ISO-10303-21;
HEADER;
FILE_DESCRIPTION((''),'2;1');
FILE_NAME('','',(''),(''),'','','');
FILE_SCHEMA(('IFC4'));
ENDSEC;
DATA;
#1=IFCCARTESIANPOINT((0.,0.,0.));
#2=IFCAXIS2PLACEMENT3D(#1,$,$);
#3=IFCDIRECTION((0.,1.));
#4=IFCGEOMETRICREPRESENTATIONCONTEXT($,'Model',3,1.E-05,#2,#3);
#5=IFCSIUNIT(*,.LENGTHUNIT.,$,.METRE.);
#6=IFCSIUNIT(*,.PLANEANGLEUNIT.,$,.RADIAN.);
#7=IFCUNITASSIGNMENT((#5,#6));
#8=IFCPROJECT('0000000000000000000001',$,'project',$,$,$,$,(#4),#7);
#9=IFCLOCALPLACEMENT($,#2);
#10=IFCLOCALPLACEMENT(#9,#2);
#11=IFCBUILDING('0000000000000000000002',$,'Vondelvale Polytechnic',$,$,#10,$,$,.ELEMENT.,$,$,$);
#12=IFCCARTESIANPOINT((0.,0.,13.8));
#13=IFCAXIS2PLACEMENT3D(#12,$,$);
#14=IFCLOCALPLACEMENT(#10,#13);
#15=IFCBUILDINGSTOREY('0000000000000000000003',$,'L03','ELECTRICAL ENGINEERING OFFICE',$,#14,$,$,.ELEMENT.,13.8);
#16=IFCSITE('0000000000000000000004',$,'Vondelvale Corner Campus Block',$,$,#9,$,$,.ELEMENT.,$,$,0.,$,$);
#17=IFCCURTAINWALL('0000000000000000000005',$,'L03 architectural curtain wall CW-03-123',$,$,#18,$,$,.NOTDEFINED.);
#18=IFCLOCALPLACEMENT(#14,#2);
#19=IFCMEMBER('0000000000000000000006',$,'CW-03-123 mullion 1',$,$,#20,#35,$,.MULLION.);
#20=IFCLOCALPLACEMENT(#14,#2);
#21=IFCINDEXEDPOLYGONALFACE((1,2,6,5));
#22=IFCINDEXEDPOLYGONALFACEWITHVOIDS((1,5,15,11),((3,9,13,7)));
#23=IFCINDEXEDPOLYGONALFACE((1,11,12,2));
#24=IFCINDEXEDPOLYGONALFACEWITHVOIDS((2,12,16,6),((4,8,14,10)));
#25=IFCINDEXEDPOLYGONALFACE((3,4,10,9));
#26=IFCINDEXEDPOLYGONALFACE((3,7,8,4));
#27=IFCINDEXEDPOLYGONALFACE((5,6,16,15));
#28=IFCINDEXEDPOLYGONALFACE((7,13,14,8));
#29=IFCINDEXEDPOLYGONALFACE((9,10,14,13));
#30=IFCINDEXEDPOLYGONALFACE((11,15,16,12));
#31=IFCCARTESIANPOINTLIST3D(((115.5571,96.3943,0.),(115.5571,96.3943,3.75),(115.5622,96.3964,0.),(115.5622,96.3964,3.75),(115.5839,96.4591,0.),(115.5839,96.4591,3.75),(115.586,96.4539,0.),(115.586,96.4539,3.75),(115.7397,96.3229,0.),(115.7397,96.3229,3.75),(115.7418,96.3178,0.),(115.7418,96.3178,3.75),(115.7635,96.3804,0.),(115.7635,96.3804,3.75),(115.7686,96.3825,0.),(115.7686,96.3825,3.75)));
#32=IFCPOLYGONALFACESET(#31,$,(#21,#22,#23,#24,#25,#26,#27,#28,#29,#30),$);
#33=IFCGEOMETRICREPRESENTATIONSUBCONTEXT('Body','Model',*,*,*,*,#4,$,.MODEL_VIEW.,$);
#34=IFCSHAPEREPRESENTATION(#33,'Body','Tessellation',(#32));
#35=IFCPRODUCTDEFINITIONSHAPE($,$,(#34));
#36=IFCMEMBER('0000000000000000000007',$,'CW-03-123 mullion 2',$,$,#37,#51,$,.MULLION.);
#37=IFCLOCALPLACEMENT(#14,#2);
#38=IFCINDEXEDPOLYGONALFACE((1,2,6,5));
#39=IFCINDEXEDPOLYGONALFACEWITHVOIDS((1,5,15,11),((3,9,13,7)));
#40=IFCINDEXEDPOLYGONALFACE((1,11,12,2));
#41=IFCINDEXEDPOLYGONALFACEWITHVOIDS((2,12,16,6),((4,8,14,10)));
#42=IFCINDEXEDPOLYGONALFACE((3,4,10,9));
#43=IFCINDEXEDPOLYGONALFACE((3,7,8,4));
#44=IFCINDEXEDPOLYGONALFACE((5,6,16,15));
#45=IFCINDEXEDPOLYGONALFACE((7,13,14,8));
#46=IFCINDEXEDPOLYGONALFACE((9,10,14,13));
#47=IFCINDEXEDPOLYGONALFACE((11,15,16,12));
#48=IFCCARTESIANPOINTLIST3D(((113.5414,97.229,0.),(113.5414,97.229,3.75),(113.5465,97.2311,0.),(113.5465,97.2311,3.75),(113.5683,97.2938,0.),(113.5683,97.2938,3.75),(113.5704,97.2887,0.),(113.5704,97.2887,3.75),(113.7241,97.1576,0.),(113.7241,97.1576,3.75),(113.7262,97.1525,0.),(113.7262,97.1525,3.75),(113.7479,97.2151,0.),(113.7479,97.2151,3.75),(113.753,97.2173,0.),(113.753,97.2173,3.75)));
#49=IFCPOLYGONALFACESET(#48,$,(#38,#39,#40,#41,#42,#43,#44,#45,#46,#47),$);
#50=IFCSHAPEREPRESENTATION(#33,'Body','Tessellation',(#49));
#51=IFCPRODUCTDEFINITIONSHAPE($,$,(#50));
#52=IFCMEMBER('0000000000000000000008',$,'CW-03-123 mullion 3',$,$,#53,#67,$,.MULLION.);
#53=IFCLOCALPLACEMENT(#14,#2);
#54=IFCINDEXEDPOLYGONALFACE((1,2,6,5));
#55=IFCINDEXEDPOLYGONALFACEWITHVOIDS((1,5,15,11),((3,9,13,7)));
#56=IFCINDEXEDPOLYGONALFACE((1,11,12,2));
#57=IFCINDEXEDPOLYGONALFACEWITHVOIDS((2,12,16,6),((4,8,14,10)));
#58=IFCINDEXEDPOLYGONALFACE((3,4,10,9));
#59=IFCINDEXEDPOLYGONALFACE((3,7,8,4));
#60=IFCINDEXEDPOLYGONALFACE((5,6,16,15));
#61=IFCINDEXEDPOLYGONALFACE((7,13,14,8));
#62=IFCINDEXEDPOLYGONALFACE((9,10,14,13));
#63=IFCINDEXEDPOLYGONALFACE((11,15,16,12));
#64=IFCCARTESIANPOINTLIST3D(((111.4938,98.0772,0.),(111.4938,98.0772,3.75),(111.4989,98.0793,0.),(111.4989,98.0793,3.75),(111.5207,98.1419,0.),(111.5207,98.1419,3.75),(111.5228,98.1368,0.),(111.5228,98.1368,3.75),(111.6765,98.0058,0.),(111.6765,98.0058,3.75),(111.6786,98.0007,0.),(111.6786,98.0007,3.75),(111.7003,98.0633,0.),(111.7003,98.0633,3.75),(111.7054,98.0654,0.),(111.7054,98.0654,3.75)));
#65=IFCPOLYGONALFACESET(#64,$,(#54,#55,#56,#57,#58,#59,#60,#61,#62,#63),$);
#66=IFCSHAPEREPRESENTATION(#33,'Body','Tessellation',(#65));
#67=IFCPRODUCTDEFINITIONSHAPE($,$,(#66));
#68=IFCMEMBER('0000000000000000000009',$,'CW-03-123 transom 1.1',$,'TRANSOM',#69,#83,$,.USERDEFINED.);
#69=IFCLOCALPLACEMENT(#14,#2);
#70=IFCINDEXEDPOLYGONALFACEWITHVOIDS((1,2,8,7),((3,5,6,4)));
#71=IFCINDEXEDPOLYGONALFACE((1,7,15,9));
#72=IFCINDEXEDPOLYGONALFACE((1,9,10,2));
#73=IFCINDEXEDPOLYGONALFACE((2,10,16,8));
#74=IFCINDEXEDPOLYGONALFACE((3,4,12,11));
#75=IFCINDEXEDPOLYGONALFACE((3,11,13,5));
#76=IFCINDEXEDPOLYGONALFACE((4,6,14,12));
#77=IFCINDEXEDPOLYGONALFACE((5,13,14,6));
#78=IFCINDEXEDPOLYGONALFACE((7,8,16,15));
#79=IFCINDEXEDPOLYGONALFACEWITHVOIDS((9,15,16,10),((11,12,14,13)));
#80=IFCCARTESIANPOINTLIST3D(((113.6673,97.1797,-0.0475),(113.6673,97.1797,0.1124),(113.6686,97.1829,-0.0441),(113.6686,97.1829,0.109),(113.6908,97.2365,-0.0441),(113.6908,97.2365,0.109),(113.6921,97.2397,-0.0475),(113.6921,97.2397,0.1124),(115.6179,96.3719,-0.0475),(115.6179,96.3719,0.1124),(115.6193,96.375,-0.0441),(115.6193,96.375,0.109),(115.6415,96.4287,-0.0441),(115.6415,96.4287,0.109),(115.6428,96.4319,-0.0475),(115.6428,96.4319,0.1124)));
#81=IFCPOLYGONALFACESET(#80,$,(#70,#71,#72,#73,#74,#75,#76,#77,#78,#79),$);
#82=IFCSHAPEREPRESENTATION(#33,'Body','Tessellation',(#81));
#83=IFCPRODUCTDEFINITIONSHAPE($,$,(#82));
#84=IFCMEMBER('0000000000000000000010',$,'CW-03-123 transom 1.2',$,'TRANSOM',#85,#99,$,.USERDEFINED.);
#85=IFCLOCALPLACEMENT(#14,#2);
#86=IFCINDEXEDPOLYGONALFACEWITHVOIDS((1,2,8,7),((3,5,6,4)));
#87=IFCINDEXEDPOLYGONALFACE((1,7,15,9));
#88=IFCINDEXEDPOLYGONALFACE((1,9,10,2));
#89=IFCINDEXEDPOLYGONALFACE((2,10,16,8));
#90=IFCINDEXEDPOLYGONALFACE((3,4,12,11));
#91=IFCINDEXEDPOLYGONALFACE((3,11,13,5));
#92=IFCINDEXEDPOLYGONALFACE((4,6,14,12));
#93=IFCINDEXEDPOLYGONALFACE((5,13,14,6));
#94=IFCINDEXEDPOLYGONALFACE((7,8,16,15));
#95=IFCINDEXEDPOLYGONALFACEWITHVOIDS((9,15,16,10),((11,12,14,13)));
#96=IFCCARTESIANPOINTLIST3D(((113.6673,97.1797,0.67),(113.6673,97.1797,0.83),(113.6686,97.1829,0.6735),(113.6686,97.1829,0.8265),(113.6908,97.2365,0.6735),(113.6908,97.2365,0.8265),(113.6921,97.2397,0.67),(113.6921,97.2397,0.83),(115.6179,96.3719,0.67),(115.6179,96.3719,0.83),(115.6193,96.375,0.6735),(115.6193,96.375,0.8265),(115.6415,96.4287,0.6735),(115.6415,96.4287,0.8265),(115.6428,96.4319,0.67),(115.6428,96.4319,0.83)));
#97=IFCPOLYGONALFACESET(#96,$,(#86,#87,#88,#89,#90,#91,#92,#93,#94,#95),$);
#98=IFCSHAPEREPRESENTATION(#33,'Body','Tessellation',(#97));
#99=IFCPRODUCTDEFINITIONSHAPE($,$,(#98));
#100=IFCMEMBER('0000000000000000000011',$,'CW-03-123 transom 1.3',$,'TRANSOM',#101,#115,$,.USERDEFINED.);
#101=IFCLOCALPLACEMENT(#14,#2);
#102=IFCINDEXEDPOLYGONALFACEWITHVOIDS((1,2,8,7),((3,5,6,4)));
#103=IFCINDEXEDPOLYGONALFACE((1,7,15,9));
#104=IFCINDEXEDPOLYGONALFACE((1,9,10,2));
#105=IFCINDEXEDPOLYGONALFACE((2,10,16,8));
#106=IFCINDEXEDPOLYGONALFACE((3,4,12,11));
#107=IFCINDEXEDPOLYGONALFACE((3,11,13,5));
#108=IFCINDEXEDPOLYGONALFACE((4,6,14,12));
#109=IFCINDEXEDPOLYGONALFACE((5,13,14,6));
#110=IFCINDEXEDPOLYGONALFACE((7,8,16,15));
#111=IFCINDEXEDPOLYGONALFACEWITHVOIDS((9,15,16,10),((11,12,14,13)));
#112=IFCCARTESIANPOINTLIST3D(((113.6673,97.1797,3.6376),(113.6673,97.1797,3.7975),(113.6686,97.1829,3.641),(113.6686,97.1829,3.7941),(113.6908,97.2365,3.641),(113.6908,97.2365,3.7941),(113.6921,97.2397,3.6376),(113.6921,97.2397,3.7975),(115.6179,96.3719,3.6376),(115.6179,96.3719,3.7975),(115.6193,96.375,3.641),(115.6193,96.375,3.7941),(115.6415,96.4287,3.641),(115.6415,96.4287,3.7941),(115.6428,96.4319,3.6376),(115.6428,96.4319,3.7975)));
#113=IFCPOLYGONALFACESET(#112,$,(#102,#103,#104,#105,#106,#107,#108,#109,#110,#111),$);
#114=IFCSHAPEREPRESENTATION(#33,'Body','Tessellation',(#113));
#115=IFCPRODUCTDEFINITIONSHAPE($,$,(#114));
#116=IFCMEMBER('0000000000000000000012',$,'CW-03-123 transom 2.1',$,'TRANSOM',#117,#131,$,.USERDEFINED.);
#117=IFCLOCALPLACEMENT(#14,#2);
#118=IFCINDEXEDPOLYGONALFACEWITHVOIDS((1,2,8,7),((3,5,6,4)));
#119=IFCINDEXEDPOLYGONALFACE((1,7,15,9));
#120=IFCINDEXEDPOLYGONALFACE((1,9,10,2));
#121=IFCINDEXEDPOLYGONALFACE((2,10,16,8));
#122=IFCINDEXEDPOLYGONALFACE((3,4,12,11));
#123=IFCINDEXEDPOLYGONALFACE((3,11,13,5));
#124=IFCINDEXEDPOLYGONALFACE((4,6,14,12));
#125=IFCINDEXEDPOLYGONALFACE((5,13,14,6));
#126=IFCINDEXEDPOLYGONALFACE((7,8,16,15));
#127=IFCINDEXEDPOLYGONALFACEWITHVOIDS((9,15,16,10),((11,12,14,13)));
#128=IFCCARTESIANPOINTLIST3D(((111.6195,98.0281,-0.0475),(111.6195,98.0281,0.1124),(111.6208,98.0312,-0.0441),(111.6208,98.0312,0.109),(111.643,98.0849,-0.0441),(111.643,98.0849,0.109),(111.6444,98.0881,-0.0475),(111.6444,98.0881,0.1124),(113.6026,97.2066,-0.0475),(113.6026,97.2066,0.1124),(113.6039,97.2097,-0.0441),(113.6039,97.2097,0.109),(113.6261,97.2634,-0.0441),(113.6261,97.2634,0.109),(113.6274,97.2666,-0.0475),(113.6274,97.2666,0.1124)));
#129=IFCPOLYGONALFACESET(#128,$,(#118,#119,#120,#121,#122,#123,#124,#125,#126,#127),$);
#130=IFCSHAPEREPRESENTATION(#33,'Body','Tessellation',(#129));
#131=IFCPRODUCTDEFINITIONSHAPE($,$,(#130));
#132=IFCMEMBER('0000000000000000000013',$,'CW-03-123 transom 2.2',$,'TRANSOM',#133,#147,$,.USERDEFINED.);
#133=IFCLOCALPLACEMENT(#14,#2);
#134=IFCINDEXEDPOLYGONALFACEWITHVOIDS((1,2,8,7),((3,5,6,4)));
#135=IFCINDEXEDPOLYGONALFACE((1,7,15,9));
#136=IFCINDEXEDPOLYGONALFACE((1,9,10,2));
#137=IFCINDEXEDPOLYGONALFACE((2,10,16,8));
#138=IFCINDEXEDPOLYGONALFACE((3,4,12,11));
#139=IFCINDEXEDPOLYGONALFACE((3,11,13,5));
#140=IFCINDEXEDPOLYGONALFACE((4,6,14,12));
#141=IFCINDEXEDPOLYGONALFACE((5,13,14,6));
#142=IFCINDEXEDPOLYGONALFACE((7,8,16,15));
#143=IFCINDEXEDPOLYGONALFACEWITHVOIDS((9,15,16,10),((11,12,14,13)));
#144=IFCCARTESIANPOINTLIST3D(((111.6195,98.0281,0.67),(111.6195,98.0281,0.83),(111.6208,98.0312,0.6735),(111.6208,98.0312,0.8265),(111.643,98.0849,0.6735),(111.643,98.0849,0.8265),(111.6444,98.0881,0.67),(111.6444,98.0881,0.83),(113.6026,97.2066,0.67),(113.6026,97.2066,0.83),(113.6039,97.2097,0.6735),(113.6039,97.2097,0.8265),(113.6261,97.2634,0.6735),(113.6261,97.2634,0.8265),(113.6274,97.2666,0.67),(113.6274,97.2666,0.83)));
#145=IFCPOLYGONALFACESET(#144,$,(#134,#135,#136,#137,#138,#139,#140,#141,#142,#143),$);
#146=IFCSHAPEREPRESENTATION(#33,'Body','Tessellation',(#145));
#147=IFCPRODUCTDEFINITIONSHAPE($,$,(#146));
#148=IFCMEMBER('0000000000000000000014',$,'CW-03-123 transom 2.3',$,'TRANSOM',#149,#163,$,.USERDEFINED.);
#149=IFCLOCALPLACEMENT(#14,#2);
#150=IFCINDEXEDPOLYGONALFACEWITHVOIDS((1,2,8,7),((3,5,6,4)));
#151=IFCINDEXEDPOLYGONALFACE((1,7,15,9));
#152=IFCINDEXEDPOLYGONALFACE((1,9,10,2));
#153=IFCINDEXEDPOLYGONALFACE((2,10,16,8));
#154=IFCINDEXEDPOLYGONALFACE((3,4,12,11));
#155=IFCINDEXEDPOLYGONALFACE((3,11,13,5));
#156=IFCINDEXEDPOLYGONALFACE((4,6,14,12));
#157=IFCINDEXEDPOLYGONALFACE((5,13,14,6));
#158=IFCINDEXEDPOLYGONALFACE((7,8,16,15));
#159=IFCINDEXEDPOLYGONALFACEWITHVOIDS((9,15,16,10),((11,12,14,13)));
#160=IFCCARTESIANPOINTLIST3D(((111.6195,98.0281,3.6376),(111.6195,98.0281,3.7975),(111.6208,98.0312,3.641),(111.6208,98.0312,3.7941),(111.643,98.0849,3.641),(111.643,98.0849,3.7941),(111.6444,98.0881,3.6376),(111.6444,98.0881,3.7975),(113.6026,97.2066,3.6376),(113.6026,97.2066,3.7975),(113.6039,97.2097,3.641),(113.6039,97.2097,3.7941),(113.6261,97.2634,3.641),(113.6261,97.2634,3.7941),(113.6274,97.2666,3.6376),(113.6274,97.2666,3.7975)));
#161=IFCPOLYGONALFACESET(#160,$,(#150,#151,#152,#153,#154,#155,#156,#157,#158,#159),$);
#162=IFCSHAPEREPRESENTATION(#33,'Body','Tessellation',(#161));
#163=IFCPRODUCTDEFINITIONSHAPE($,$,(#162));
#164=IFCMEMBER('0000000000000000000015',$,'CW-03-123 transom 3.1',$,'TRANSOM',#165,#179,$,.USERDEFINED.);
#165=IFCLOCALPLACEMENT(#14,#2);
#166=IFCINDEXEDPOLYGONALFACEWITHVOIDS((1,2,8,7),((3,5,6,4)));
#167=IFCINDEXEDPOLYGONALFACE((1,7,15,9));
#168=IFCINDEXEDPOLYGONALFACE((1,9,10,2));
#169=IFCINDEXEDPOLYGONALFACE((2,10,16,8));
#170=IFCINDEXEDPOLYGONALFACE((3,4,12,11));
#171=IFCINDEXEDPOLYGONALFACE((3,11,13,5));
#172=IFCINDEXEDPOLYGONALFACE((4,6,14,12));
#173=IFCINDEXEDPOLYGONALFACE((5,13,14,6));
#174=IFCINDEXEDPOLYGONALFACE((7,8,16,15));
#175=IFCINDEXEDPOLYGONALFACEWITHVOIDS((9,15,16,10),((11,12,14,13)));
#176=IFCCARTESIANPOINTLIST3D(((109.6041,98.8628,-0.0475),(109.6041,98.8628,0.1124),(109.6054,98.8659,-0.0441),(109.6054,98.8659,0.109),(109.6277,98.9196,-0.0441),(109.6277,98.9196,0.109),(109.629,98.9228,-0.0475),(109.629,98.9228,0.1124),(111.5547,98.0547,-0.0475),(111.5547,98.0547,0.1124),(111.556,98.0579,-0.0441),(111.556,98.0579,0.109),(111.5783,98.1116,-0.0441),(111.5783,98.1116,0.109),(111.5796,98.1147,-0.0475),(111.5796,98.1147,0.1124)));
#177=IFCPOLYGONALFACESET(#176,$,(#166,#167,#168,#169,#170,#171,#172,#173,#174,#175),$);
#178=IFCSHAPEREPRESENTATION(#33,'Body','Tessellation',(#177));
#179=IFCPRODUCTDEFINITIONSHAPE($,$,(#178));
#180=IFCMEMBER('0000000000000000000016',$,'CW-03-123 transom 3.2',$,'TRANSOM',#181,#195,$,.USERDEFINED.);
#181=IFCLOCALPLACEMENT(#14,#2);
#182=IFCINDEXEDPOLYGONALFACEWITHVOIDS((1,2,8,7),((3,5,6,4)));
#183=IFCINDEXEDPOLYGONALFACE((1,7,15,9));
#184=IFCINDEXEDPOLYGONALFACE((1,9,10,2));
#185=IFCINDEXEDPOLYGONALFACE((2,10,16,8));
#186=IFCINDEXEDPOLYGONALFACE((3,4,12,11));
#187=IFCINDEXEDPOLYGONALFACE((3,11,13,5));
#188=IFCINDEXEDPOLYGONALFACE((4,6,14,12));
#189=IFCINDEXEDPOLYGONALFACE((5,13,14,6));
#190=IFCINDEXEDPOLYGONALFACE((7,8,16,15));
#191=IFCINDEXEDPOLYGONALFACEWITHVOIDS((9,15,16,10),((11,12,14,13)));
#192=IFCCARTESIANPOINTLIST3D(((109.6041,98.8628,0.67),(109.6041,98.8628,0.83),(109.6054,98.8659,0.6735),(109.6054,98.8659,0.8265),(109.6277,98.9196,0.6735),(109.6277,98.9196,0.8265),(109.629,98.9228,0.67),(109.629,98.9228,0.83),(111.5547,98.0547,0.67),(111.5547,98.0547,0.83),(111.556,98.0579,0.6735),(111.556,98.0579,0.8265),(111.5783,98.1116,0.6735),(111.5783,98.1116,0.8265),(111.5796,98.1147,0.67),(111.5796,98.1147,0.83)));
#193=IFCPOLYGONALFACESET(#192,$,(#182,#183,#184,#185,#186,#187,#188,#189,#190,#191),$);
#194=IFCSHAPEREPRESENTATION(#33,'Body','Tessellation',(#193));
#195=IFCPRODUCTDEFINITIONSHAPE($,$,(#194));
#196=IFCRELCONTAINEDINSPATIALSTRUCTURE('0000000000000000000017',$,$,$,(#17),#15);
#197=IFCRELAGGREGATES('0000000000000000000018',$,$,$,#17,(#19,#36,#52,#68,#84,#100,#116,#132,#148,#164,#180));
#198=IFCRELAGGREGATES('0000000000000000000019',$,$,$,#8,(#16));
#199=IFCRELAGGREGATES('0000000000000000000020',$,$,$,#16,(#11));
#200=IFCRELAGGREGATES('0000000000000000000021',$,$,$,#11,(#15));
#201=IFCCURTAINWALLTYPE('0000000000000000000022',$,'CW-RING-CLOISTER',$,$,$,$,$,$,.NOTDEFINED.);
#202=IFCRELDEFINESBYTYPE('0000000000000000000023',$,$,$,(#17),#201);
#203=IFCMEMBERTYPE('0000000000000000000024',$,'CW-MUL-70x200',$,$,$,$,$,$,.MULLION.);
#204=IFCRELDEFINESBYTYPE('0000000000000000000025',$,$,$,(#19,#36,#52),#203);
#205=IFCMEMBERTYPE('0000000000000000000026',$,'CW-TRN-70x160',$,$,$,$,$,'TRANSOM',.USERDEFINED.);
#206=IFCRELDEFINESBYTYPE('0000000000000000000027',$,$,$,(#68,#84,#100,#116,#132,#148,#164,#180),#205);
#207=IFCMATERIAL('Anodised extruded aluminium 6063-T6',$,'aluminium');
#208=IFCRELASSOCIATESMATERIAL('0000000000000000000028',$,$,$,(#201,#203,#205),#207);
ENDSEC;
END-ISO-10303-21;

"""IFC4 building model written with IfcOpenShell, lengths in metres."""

from ifc_helpers import new_model, si_unit, direction, frame, origin, origin_2d, place, context, subcontext, project, spatial, hollow_rectangle, extrude, material, material_profile, profile_set, type_object, element, aggregate, save


model = new_model("IFC4")

# Units and contexts
model_context = context("Model", 3, precision=1e-05, world=origin(), true_north=direction((0.0, 1.0)))
body_context = subcontext(model_context, "Body", "Model", "MODEL_VIEW")
ifc_project = project(units=[si_unit("LENGTHUNIT", "METRE"), si_unit("PLANEANGLEUNIT", "RADIAN")], contexts=[model_context])

# Site, building, storey
site_placement = place(None, origin())
site = spatial("IfcSite", under=ifc_project, at=site_placement, Name="Vondelvale Corner Campus Block", CompositionType="ELEMENT", RefElevation=0.0)
building_placement = place(site_placement, origin())
building = spatial("IfcBuilding", under=site, at=building_placement, Name="Vondelvale Polytechnic", CompositionType="ELEMENT")
storey_placement = place(building_placement, frame((0.0, 0.0, 13.8)))
storey = spatial("IfcBuildingStorey", under=building, at=storey_placement, Name="L03", Description="ELECTRICAL ENGINEERING OFFICE", CompositionType="ELEMENT", Elevation=13.8)

# Curtain wall, members
ifc_material_1 = material(Name="Anodised extruded aluminium 6063-T6", Category="aluminium")
curtain_wall_type = type_object("IfcCurtainWallType", Name="CW-RING-CLOISTER", PredefinedType="NOTDEFINED", material=ifc_material_1)
curtain_wall_placement = place(storey_placement, origin())
curtain_wall = element("IfcCurtainWall", 1, at=curtain_wall_placement, inside=storey, type_object=curtain_wall_type, Name="L03 architectural curtain wall CW-03-123", PredefinedType="NOTDEFINED")
ifc_material_profile_1 = material_profile(ifc_material_1, hollow_rectangle(XDim=0.0701, YDim=0.2, WallThickness=0.0039, at=origin_2d()), Name="CW-MUL-200x70")
ifc_profile_set_1 = profile_set([ifc_material_profile_1], Name="Anodised extruded aluminium 6063-T6")
member_type_1 = type_object("IfcMemberType", Name="CW-MUL-70x200", PredefinedType="MULLION", material=ifc_profile_set_1)
member_1_placement = place(storey_placement, frame((115.6628, 96.3884, 0.0), z_axis=(0.0, 0.0, 1.0), x_axis=(-0.382679, -0.923882, 0.0)))
member_1 = element("IfcMember", 2, at=member_1_placement, type_object=member_type_1, Name="CW-03-123 mullion 1", PredefinedType="MULLION", context=body_context, shape_type="SweptSolid", body=[
    extrude(hollow_rectangle(XDim=0.0701, YDim=0.2, WallThickness=0.0039, at=origin_2d()), origin(), (0.0, 0.0, 1.0), 3.75),
])
member_2_placement = place(storey_placement, frame((113.6472, 97.2231, 0.0), z_axis=(0.0, 0.0, 1.0), x_axis=(-0.382679, -0.923882, 0.0)))
member_2 = element("IfcMember", 3, at=member_2_placement, type_object=member_type_1, Name="CW-03-123 mullion 2", PredefinedType="MULLION", context=body_context, shape_type="SweptSolid", body=[
    extrude(hollow_rectangle(XDim=0.0701, YDim=0.2, WallThickness=0.0039, at=origin_2d()), origin(), (0.0, 0.0, 1.0), 3.75),
])
member_3_placement = place(storey_placement, frame((111.5996, 98.0713, 0.0), z_axis=(0.0, 0.0, 1.0), x_axis=(-0.382679, -0.923882, 0.0)))
member_3 = element("IfcMember", 4, at=member_3_placement, type_object=member_type_1, Name="CW-03-123 mullion 3", PredefinedType="MULLION", context=body_context, shape_type="SweptSolid", body=[
    extrude(hollow_rectangle(XDim=0.0701, YDim=0.2, WallThickness=0.0039, at=origin_2d()), origin(), (0.0, 0.0, 1.0), 3.75),
])
ifc_material_profile_2 = material_profile(ifc_material_1, hollow_rectangle(XDim=0.0649, YDim=0.1599, WallThickness=0.0034, at=origin_2d()), Name="CW-TRN-160x65")
ifc_profile_set_2 = profile_set([ifc_material_profile_2], Name="Anodised extruded aluminium 6063-T6")
member_type_2 = type_object("IfcMemberType", Name="CW-TRN-70x160", ElementType="TRANSOM", PredefinedType="USERDEFINED", material=ifc_profile_set_2)
member_4_placement = place(storey_placement, frame((115.6304, 96.4019, 0.0325), z_axis=(-0.923903, 0.382628, 0.0), x_axis=(-0.382628, -0.923903, 0.0)))
member_4 = element("IfcMember", 5, at=member_4_placement, type_object=member_type_2, Name="CW-03-123 transom 1.1", ObjectType="TRANSOM", PredefinedType="USERDEFINED", context=body_context, shape_type="SweptSolid", body=[
    extrude(hollow_rectangle(XDim=0.0649, YDim=0.1599, WallThickness=0.0034, at=origin_2d()), origin(), (0.0, 0.0, 1.0), 2.1113),
])
member_5_placement = place(storey_placement, frame((115.6304, 96.4019, 0.75), z_axis=(-0.923903, 0.382628, 0.0), x_axis=(-0.382628, -0.923903, 0.0)))
member_5 = element("IfcMember", 6, at=member_5_placement, type_object=member_type_2, Name="CW-03-123 transom 1.2", ObjectType="TRANSOM", PredefinedType="USERDEFINED", context=body_context, shape_type="SweptSolid", body=[
    extrude(hollow_rectangle(XDim=0.0649, YDim=0.1599, WallThickness=0.0034, at=origin_2d()), origin(), (0.0, 0.0, 1.0), 2.1113),
])
member_6_placement = place(storey_placement, frame((115.6304, 96.4019, 3.7175), z_axis=(-0.923903, 0.382628, 0.0), x_axis=(-0.382628, -0.923903, 0.0)))
member_6 = element("IfcMember", 7, at=member_6_placement, type_object=member_type_2, Name="CW-03-123 transom 1.3", ObjectType="TRANSOM", PredefinedType="USERDEFINED", context=body_context, shape_type="SweptSolid", body=[
    extrude(hollow_rectangle(XDim=0.0649, YDim=0.1599, WallThickness=0.0034, at=origin_2d()), origin(), (0.0, 0.0, 1.0), 2.1113),
])
member_7_placement = place(storey_placement, frame((113.615, 97.2366, 0.0325), z_axis=(-0.923866, 0.382717, 0.0), x_axis=(-0.382717, -0.923866, 0.0)))
member_7 = element("IfcMember", 8, at=member_7_placement, type_object=member_type_2, Name="CW-03-123 transom 2.1", ObjectType="TRANSOM", PredefinedType="USERDEFINED", context=body_context, shape_type="SweptSolid", body=[
    extrude(hollow_rectangle(XDim=0.0649, YDim=0.1599, WallThickness=0.0034, at=origin_2d()), origin(), (0.0, 0.0, 1.0), 2.1465),
])
member_8_placement = place(storey_placement, frame((113.615, 97.2366, 0.75), z_axis=(-0.923866, 0.382717, 0.0), x_axis=(-0.382717, -0.923866, 0.0)))
member_8 = element("IfcMember", 9, at=member_8_placement, type_object=member_type_2, Name="CW-03-123 transom 2.2", ObjectType="TRANSOM", PredefinedType="USERDEFINED", context=body_context, shape_type="SweptSolid", body=[
    extrude(hollow_rectangle(XDim=0.0649, YDim=0.1599, WallThickness=0.0034, at=origin_2d()), origin(), (0.0, 0.0, 1.0), 2.1465),
])
member_9_placement = place(storey_placement, frame((113.615, 97.2366, 3.7175), z_axis=(-0.923866, 0.382717, 0.0), x_axis=(-0.382717, -0.923866, 0.0)))
member_9 = element("IfcMember", 10, at=member_9_placement, type_object=member_type_2, Name="CW-03-123 transom 2.3", ObjectType="TRANSOM", PredefinedType="USERDEFINED", context=body_context, shape_type="SweptSolid", body=[
    extrude(hollow_rectangle(XDim=0.0649, YDim=0.1599, WallThickness=0.0034, at=origin_2d()), origin(), (0.0, 0.0, 1.0), 2.1465),
])
member_10_placement = place(storey_placement, frame((111.5671, 98.0847, 0.0325), z_axis=(-0.923862, 0.382726, 0.0), x_axis=(-0.382726, -0.923862, 0.0)))
member_10 = element("IfcMember", 11, at=member_10_placement, type_object=member_type_2, Name="CW-03-123 transom 3.1", ObjectType="TRANSOM", PredefinedType="USERDEFINED", context=body_context, shape_type="SweptSolid", body=[
    extrude(hollow_rectangle(XDim=0.0649, YDim=0.1599, WallThickness=0.0034, at=origin_2d()), origin(), (0.0, 0.0, 1.0), 2.1113),
])
member_11_placement = place(storey_placement, frame((111.5671, 98.0847, 0.75), z_axis=(-0.923862, 0.382726, 0.0), x_axis=(-0.382726, -0.923862, 0.0)))
member_11 = element("IfcMember", 12, at=member_11_placement, type_object=member_type_2, Name="CW-03-123 transom 3.2", ObjectType="TRANSOM", PredefinedType="USERDEFINED", context=body_context, shape_type="SweptSolid", body=[
    extrude(hollow_rectangle(XDim=0.0649, YDim=0.1599, WallThickness=0.0034, at=origin_2d()), origin(), (0.0, 0.0, 1.0), 2.1113),
])
aggregate(curtain_wall, [member_1, member_2, member_3, member_4, member_5, member_6, member_7, member_8, member_9, member_10, member_11])

save(model, "model.ifc")
